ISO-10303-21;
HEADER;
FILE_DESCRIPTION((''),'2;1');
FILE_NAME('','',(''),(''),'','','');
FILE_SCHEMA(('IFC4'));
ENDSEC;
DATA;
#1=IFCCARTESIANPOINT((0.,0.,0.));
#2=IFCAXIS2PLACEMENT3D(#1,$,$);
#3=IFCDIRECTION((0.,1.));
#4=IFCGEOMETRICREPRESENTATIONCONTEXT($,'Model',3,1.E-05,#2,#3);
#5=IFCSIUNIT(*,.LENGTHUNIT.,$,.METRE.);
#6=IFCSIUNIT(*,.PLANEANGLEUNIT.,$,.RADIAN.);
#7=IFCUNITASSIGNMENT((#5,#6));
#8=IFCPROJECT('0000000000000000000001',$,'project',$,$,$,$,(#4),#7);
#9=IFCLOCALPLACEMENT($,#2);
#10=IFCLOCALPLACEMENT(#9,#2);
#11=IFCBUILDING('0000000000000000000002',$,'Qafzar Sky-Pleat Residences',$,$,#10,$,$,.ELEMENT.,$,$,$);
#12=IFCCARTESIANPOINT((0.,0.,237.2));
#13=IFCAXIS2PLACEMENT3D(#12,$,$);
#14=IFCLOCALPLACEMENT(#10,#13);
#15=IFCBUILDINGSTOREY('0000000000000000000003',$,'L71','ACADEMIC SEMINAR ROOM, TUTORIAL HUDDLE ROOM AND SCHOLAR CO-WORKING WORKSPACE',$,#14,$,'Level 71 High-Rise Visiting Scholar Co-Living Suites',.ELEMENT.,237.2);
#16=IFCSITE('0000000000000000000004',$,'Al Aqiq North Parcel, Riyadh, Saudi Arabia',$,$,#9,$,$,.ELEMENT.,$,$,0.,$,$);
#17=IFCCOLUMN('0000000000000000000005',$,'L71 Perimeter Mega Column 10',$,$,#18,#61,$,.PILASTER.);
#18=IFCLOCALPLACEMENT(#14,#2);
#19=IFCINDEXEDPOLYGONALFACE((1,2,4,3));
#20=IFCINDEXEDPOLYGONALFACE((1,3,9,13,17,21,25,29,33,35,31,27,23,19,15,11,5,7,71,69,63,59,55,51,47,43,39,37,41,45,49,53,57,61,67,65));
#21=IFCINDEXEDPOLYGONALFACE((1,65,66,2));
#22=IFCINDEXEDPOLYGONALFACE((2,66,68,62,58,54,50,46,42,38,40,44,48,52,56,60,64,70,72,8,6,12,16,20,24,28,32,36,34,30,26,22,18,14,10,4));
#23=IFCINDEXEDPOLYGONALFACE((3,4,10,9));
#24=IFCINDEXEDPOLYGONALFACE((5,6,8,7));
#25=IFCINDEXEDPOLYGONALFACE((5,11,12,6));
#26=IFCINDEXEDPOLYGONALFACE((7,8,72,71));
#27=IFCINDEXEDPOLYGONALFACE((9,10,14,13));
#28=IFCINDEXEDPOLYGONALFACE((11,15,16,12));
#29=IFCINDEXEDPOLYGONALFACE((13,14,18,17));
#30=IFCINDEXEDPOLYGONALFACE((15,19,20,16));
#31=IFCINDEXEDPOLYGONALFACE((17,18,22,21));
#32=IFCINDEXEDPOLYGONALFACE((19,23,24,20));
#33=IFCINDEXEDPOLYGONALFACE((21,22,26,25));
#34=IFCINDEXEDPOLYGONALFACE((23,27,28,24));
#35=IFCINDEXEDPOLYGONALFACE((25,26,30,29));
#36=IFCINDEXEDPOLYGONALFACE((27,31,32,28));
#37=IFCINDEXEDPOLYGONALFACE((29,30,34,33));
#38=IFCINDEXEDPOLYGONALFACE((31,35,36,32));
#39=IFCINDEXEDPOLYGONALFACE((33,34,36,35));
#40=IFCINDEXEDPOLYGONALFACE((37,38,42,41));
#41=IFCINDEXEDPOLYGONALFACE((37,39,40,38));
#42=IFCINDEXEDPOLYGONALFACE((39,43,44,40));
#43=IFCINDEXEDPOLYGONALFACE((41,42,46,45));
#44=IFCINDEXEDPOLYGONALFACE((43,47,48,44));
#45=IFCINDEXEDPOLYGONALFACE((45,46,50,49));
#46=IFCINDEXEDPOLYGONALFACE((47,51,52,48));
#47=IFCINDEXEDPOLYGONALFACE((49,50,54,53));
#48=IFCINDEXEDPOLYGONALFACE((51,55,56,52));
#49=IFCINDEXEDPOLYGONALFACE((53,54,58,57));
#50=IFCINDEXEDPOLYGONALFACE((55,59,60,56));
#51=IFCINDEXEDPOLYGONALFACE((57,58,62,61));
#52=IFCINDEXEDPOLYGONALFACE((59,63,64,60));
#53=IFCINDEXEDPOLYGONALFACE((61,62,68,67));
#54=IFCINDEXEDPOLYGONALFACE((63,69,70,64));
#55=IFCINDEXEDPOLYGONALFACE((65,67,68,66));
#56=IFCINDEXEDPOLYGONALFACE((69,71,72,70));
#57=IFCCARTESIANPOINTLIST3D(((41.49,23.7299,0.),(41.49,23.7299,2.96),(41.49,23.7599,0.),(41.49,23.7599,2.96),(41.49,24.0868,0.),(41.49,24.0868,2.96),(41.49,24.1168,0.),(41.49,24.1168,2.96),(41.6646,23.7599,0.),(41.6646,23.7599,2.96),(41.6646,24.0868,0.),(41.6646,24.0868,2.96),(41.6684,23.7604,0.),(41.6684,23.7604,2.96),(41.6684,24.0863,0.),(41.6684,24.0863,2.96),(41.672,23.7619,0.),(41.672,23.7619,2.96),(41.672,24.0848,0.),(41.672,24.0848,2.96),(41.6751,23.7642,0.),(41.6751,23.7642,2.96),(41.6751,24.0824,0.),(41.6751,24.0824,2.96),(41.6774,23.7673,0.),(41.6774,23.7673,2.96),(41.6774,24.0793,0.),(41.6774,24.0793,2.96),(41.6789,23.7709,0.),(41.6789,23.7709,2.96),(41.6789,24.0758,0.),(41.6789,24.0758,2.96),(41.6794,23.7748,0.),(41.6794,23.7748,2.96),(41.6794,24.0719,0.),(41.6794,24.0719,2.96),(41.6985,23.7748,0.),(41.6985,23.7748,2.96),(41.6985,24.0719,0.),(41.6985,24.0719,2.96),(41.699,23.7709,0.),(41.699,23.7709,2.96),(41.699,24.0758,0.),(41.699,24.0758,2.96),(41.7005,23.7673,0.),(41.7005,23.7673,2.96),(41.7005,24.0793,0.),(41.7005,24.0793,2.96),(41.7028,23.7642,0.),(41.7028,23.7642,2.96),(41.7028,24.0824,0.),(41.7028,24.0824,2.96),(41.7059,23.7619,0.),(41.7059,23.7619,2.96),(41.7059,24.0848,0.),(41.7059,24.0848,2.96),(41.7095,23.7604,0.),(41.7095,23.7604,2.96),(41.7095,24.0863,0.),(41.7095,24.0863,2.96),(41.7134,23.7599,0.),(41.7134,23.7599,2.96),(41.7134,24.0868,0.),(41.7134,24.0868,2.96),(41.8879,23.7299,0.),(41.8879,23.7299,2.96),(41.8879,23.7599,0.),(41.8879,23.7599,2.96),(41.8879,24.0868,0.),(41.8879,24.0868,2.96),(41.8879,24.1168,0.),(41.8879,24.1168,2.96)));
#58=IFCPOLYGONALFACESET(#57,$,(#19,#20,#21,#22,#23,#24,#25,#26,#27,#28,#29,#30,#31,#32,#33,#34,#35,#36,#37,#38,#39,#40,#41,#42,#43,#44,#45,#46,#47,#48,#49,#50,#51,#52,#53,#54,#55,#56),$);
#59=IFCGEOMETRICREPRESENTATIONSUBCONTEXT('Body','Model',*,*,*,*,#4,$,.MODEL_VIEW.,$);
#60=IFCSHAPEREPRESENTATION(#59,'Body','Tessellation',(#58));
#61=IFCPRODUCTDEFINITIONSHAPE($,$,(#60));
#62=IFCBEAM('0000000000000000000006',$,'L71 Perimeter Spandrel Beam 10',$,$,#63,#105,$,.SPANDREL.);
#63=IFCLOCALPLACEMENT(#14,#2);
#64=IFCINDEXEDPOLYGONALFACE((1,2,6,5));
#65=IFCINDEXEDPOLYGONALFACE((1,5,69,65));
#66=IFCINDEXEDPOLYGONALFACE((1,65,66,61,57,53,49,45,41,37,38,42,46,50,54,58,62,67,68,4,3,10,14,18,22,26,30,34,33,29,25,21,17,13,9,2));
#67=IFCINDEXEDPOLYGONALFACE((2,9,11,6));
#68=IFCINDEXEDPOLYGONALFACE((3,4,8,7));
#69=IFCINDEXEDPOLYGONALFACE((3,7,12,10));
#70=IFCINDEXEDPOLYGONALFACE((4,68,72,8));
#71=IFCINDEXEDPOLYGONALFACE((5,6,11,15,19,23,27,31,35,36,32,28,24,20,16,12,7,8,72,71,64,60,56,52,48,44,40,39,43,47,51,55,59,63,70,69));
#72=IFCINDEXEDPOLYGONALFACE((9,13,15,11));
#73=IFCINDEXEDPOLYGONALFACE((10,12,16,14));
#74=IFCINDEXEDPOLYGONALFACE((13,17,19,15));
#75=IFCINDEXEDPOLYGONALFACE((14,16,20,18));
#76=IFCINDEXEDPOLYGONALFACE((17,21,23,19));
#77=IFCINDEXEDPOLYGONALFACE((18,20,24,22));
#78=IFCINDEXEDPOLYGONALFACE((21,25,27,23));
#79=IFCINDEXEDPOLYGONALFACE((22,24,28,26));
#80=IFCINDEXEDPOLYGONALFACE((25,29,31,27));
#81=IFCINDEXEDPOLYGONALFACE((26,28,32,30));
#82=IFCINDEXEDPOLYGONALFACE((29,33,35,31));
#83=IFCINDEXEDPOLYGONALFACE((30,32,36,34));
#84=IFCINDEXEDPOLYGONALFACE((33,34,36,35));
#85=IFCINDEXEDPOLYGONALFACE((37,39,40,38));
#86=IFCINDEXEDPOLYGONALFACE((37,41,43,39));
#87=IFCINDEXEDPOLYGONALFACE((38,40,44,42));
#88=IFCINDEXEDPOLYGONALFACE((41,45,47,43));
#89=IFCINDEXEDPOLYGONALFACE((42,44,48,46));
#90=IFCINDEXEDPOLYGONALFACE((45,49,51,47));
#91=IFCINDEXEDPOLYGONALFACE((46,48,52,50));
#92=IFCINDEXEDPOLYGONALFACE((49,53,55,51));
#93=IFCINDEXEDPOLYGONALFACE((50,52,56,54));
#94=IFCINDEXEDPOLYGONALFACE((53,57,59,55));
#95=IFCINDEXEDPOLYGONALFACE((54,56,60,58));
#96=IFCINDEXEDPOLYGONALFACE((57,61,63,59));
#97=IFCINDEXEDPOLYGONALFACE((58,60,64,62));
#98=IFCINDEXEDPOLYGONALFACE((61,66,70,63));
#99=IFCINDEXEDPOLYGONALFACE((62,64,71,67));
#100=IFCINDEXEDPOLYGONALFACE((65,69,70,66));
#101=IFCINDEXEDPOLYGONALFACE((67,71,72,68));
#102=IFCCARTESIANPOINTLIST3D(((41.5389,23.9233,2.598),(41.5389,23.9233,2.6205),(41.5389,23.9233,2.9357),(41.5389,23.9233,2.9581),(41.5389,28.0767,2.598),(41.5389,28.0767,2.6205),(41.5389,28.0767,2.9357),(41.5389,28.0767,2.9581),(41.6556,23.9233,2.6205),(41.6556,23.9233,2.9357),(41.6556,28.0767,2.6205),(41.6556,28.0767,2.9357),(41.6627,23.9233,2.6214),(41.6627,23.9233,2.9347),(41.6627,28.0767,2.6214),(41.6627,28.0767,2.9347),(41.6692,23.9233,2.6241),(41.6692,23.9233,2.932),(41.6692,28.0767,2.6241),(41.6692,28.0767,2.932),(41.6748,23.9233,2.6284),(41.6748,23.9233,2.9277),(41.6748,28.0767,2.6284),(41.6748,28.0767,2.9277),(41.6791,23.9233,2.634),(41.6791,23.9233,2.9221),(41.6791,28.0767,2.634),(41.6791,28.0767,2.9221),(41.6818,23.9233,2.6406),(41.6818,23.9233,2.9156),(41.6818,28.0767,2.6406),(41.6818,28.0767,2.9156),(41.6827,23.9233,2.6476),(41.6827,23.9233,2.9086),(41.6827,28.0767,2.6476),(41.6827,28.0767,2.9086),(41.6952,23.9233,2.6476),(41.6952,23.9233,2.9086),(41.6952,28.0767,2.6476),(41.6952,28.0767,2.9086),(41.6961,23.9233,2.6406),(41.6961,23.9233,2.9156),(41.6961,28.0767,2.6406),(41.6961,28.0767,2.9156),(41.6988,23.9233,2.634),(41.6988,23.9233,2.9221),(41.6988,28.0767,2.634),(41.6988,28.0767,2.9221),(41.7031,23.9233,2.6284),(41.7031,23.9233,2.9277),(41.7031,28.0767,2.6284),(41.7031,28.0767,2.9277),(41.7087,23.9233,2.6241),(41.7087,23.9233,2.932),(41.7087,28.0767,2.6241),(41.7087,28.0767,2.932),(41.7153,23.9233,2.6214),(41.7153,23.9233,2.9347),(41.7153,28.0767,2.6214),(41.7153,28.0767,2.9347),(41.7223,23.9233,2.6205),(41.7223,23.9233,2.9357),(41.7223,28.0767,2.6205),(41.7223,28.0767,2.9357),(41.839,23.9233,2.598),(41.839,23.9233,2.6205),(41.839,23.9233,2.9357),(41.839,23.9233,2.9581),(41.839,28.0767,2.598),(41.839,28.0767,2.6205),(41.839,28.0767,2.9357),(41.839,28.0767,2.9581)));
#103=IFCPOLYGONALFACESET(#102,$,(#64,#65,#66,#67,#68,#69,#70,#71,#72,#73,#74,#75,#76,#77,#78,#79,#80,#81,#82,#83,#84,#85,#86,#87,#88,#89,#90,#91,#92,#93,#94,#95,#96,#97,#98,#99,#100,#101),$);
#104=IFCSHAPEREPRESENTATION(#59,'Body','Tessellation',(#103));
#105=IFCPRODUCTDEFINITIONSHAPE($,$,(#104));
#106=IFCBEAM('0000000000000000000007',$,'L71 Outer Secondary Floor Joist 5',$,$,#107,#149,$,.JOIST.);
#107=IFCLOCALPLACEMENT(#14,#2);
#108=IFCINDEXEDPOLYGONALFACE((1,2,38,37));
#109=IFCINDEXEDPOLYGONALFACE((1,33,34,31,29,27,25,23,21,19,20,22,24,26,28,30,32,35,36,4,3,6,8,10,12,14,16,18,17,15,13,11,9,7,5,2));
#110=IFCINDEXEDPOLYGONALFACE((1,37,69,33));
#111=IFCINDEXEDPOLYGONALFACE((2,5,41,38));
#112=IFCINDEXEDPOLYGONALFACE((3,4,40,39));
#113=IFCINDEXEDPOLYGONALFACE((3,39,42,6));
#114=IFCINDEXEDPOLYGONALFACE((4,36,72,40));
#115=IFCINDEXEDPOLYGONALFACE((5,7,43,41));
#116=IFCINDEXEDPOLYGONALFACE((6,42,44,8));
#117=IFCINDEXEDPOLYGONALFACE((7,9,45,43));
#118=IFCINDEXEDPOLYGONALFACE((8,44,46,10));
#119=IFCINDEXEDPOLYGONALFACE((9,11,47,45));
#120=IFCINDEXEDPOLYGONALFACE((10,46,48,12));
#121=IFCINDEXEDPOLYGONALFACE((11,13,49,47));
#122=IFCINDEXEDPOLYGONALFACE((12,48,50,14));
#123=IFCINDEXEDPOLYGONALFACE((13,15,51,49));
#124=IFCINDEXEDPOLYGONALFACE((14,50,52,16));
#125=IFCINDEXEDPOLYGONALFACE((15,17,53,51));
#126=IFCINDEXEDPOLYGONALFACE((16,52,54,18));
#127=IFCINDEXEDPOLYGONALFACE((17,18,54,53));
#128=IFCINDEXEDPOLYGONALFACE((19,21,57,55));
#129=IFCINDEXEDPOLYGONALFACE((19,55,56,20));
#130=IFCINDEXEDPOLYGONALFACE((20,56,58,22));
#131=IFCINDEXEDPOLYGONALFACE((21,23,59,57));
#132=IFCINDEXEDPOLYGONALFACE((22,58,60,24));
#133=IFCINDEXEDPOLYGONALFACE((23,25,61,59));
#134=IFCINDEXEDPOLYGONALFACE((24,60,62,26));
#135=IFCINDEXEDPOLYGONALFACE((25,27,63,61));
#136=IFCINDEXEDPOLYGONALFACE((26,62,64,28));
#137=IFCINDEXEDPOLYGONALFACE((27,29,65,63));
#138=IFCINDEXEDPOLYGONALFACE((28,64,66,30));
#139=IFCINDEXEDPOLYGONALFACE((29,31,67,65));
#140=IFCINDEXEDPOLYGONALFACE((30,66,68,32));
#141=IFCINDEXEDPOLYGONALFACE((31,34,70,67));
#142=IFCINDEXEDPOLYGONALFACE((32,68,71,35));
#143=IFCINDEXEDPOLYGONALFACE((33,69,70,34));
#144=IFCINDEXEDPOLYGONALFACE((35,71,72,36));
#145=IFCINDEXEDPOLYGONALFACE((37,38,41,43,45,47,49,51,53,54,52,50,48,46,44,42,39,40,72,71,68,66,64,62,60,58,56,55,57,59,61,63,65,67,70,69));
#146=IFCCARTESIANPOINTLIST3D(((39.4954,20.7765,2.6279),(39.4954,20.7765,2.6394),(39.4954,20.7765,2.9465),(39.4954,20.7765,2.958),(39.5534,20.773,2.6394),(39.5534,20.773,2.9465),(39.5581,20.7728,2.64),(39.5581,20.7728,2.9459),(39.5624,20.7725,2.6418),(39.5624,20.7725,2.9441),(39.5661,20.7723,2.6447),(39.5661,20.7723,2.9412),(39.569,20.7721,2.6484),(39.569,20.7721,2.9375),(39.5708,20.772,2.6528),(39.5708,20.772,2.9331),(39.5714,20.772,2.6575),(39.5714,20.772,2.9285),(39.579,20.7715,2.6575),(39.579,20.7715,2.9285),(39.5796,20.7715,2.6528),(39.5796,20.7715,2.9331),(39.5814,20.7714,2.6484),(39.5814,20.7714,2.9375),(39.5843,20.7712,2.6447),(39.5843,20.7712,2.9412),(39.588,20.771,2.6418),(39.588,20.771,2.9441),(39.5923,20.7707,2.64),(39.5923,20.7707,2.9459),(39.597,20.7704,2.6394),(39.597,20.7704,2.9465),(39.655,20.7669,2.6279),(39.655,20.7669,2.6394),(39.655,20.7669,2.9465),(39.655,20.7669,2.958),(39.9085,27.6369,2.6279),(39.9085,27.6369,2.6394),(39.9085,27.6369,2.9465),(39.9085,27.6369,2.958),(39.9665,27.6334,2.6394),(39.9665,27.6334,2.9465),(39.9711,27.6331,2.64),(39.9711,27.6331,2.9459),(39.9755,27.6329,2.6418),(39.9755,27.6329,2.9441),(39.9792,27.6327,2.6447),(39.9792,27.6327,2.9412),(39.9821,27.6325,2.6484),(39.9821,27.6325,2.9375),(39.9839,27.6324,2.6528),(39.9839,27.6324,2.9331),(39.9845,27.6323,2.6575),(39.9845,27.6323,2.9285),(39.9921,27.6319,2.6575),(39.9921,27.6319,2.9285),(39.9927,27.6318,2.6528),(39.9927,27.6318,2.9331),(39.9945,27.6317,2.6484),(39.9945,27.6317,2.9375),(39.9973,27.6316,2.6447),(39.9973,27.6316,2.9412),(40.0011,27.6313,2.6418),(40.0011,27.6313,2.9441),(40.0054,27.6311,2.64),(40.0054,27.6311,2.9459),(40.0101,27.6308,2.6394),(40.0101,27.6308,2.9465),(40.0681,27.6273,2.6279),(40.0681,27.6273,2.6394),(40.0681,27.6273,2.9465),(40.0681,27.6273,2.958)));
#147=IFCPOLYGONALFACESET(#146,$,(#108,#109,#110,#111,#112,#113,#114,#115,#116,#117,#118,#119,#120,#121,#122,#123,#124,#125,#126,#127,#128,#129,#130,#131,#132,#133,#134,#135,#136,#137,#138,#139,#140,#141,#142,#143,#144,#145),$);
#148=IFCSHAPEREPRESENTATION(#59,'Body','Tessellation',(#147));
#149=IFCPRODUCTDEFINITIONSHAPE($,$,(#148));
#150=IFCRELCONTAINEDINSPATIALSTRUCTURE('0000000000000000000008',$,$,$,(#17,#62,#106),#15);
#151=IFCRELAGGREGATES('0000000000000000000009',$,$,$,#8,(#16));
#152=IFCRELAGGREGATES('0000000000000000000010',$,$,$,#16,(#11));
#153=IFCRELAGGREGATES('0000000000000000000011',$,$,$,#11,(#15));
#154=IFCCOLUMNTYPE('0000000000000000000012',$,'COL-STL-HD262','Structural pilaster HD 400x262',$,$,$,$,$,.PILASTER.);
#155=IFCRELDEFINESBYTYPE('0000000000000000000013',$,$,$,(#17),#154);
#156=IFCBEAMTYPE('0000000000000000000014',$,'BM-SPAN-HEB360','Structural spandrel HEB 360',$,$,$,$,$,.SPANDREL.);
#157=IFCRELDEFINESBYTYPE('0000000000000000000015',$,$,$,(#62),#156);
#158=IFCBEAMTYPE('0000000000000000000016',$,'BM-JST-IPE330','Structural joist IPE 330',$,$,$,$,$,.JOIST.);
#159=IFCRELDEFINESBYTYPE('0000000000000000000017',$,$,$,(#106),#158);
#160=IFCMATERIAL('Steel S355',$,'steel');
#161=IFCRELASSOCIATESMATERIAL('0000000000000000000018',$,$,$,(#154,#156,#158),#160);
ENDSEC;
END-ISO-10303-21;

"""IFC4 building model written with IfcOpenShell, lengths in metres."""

from ifc_helpers import new_model, si_unit, direction, frame, origin, origin_2d, place, context, subcontext, project, spatial, i_section, extrude, source, transform, mapped, material, material_profile, profile_set, type_object, element, save


model = new_model("IFC4")

# Units and contexts
model_context = context("Model", 3, precision=1e-05, world=origin(), true_north=direction((0.0, 1.0)))
body_context = subcontext(model_context, "Body", "Model", "MODEL_VIEW")
ifc_project = project(units=[si_unit("LENGTHUNIT", "METRE"), si_unit("PLANEANGLEUNIT", "RADIAN")], contexts=[model_context])

# Site, building, storey
site_placement = place(None, origin())
site = spatial("IfcSite", under=ifc_project, at=site_placement, Name="Al Aqiq North Parcel, Riyadh, Saudi Arabia", CompositionType="ELEMENT", RefElevation=0.0)
building_placement = place(site_placement, origin())
building = spatial("IfcBuilding", under=site, at=building_placement, Name="Qafzar Sky-Pleat Residences", CompositionType="ELEMENT")
storey_placement = place(building_placement, frame((0.0, 0.0, 237.2)))
storey = spatial("IfcBuildingStorey", under=building, at=storey_placement, Name="L71", Description="ACADEMIC SEMINAR ROOM, TUTORIAL HUDDLE ROOM AND SCHOLAR CO-WORKING WORKSPACE", LongName="Level 71 High-Rise Visiting Scholar Co-Living Suites", CompositionType="ELEMENT", Elevation=237.2)

# Column
ifc_material_1 = material(Name="Steel S355", Category="steel")
ifc_material_profile_1 = material_profile(ifc_material_1, i_section(OverallWidth=0.3979, OverallDepth=0.387, WebThickness=0.019, FlangeThickness=0.03, FilletRadius=0.0149, at=origin_2d()), Name="HD 400x262")
ifc_profile_set_1 = profile_set([ifc_material_profile_1], Name="Steel S355")
column_type = type_object("IfcColumnType", Name="COL-STL-HD262", Description="Structural pilaster HD 400x262", PredefinedType="PILASTER", material=ifc_profile_set_1)
shared_shape_1 = source(origin(), body_context, "Body", "SweptSolid", [
    extrude(i_section(OverallWidth=0.3979, OverallDepth=0.387, WebThickness=0.019, FlangeThickness=0.03, FilletRadius=0.0149, at=origin_2d()), origin(), (0.0, 0.0, 1.0), 2.96),
])
column_placement = place(storey_placement, frame((41.689, 23.9233, 0.0), z_axis=(0.0, 0.0, 1.0), x_axis=(1.0, 0.0, 0.0)))
element("IfcColumn", 1, at=column_placement, inside=storey, type_object=column_type, Name="L71 Perimeter Mega Column 10", PredefinedType="PILASTER", context=body_context, shape_type="MappedRepresentation", body=[
    mapped(shared_shape_1, transform((0.0, 0.0, 0.0), x_axis=(1.0, 0.0, 0.0), y_axis=(0.0, 1.0, 0.0), z_axis=(0.0, 0.0, 1.0), scale=1.0)),
])

# Beams
ifc_material_profile_2 = material_profile(ifc_material_1, i_section(OverallWidth=0.3, OverallDepth=0.3601, WebThickness=0.0125, FlangeThickness=0.0225, FilletRadius=0.0271, at=origin_2d()), Name="HEB 360")
ifc_profile_set_2 = profile_set([ifc_material_profile_2], Name="Steel S355")
beam_type_1 = type_object("IfcBeamType", Name="BM-SPAN-HEB360", Description="Structural spandrel HEB 360", PredefinedType="SPANDREL", material=ifc_profile_set_2)
shared_shape_2 = source(origin(), body_context, "Body", "SweptSolid", [
    extrude(i_section(OverallWidth=0.3, OverallDepth=0.3601, WebThickness=0.0125, FlangeThickness=0.0225, FilletRadius=0.0271, at=origin_2d()), origin(), (0.0, 0.0, 1.0), 4.1533),
])
beam_1_placement = place(storey_placement, frame((41.689, 23.9233, 2.7781), z_axis=(0.0, 1.0, 0.0), x_axis=(-1.0, 0.0, 0.0)))
element("IfcBeam", 2, at=beam_1_placement, inside=storey, type_object=beam_type_1, Name="L71 Perimeter Spandrel Beam 10", PredefinedType="SPANDREL", context=body_context, shape_type="MappedRepresentation", body=[
    mapped(shared_shape_2, transform((0.0, 0.0, 0.0), x_axis=(1.0, 0.0, 0.0), y_axis=(0.0, 1.0, 0.0), z_axis=(0.0, 0.0, 1.0), scale=1.0)),
])
ifc_material_profile_3 = material_profile(ifc_material_1, i_section(OverallWidth=0.1599, OverallDepth=0.3301, WebThickness=0.0076, FlangeThickness=0.0115, FilletRadius=0.0181, at=origin_2d()), Name="IPE 330")
ifc_profile_set_3 = profile_set([ifc_material_profile_3], Name="Steel S355")
beam_type_2 = type_object("IfcBeamType", Name="BM-JST-IPE330", Description="Structural joist IPE 330", PredefinedType="JOIST", material=ifc_profile_set_3)
shared_shape_3 = source(origin(), body_context, "Body", "SweptSolid", [
    extrude(i_section(OverallWidth=0.1599, OverallDepth=0.3301, WebThickness=0.0076, FlangeThickness=0.0115, FilletRadius=0.0181, at=origin_2d()), origin(), (0.0, 0.0, 1.0), 6.8728),
])
beam_2_placement = place(storey_placement, frame((39.5752, 20.7717, 2.793), z_axis=(0.060105, 0.998192, 0.0), x_axis=(-0.998192, 0.060105, 0.0)))
element("IfcBeam", 3, at=beam_2_placement, inside=storey, type_object=beam_type_2, Name="L71 Outer Secondary Floor Joist 5", PredefinedType="JOIST", context=body_context, shape_type="MappedRepresentation", body=[
    mapped(shared_shape_3, transform((0.0, 0.0, 0.0), x_axis=(1.0, 0.0, 0.0), y_axis=(0.0, 1.0, 0.0), z_axis=(0.0, 0.0, 1.0), scale=1.0)),
])

save(model, "model.ifc")
